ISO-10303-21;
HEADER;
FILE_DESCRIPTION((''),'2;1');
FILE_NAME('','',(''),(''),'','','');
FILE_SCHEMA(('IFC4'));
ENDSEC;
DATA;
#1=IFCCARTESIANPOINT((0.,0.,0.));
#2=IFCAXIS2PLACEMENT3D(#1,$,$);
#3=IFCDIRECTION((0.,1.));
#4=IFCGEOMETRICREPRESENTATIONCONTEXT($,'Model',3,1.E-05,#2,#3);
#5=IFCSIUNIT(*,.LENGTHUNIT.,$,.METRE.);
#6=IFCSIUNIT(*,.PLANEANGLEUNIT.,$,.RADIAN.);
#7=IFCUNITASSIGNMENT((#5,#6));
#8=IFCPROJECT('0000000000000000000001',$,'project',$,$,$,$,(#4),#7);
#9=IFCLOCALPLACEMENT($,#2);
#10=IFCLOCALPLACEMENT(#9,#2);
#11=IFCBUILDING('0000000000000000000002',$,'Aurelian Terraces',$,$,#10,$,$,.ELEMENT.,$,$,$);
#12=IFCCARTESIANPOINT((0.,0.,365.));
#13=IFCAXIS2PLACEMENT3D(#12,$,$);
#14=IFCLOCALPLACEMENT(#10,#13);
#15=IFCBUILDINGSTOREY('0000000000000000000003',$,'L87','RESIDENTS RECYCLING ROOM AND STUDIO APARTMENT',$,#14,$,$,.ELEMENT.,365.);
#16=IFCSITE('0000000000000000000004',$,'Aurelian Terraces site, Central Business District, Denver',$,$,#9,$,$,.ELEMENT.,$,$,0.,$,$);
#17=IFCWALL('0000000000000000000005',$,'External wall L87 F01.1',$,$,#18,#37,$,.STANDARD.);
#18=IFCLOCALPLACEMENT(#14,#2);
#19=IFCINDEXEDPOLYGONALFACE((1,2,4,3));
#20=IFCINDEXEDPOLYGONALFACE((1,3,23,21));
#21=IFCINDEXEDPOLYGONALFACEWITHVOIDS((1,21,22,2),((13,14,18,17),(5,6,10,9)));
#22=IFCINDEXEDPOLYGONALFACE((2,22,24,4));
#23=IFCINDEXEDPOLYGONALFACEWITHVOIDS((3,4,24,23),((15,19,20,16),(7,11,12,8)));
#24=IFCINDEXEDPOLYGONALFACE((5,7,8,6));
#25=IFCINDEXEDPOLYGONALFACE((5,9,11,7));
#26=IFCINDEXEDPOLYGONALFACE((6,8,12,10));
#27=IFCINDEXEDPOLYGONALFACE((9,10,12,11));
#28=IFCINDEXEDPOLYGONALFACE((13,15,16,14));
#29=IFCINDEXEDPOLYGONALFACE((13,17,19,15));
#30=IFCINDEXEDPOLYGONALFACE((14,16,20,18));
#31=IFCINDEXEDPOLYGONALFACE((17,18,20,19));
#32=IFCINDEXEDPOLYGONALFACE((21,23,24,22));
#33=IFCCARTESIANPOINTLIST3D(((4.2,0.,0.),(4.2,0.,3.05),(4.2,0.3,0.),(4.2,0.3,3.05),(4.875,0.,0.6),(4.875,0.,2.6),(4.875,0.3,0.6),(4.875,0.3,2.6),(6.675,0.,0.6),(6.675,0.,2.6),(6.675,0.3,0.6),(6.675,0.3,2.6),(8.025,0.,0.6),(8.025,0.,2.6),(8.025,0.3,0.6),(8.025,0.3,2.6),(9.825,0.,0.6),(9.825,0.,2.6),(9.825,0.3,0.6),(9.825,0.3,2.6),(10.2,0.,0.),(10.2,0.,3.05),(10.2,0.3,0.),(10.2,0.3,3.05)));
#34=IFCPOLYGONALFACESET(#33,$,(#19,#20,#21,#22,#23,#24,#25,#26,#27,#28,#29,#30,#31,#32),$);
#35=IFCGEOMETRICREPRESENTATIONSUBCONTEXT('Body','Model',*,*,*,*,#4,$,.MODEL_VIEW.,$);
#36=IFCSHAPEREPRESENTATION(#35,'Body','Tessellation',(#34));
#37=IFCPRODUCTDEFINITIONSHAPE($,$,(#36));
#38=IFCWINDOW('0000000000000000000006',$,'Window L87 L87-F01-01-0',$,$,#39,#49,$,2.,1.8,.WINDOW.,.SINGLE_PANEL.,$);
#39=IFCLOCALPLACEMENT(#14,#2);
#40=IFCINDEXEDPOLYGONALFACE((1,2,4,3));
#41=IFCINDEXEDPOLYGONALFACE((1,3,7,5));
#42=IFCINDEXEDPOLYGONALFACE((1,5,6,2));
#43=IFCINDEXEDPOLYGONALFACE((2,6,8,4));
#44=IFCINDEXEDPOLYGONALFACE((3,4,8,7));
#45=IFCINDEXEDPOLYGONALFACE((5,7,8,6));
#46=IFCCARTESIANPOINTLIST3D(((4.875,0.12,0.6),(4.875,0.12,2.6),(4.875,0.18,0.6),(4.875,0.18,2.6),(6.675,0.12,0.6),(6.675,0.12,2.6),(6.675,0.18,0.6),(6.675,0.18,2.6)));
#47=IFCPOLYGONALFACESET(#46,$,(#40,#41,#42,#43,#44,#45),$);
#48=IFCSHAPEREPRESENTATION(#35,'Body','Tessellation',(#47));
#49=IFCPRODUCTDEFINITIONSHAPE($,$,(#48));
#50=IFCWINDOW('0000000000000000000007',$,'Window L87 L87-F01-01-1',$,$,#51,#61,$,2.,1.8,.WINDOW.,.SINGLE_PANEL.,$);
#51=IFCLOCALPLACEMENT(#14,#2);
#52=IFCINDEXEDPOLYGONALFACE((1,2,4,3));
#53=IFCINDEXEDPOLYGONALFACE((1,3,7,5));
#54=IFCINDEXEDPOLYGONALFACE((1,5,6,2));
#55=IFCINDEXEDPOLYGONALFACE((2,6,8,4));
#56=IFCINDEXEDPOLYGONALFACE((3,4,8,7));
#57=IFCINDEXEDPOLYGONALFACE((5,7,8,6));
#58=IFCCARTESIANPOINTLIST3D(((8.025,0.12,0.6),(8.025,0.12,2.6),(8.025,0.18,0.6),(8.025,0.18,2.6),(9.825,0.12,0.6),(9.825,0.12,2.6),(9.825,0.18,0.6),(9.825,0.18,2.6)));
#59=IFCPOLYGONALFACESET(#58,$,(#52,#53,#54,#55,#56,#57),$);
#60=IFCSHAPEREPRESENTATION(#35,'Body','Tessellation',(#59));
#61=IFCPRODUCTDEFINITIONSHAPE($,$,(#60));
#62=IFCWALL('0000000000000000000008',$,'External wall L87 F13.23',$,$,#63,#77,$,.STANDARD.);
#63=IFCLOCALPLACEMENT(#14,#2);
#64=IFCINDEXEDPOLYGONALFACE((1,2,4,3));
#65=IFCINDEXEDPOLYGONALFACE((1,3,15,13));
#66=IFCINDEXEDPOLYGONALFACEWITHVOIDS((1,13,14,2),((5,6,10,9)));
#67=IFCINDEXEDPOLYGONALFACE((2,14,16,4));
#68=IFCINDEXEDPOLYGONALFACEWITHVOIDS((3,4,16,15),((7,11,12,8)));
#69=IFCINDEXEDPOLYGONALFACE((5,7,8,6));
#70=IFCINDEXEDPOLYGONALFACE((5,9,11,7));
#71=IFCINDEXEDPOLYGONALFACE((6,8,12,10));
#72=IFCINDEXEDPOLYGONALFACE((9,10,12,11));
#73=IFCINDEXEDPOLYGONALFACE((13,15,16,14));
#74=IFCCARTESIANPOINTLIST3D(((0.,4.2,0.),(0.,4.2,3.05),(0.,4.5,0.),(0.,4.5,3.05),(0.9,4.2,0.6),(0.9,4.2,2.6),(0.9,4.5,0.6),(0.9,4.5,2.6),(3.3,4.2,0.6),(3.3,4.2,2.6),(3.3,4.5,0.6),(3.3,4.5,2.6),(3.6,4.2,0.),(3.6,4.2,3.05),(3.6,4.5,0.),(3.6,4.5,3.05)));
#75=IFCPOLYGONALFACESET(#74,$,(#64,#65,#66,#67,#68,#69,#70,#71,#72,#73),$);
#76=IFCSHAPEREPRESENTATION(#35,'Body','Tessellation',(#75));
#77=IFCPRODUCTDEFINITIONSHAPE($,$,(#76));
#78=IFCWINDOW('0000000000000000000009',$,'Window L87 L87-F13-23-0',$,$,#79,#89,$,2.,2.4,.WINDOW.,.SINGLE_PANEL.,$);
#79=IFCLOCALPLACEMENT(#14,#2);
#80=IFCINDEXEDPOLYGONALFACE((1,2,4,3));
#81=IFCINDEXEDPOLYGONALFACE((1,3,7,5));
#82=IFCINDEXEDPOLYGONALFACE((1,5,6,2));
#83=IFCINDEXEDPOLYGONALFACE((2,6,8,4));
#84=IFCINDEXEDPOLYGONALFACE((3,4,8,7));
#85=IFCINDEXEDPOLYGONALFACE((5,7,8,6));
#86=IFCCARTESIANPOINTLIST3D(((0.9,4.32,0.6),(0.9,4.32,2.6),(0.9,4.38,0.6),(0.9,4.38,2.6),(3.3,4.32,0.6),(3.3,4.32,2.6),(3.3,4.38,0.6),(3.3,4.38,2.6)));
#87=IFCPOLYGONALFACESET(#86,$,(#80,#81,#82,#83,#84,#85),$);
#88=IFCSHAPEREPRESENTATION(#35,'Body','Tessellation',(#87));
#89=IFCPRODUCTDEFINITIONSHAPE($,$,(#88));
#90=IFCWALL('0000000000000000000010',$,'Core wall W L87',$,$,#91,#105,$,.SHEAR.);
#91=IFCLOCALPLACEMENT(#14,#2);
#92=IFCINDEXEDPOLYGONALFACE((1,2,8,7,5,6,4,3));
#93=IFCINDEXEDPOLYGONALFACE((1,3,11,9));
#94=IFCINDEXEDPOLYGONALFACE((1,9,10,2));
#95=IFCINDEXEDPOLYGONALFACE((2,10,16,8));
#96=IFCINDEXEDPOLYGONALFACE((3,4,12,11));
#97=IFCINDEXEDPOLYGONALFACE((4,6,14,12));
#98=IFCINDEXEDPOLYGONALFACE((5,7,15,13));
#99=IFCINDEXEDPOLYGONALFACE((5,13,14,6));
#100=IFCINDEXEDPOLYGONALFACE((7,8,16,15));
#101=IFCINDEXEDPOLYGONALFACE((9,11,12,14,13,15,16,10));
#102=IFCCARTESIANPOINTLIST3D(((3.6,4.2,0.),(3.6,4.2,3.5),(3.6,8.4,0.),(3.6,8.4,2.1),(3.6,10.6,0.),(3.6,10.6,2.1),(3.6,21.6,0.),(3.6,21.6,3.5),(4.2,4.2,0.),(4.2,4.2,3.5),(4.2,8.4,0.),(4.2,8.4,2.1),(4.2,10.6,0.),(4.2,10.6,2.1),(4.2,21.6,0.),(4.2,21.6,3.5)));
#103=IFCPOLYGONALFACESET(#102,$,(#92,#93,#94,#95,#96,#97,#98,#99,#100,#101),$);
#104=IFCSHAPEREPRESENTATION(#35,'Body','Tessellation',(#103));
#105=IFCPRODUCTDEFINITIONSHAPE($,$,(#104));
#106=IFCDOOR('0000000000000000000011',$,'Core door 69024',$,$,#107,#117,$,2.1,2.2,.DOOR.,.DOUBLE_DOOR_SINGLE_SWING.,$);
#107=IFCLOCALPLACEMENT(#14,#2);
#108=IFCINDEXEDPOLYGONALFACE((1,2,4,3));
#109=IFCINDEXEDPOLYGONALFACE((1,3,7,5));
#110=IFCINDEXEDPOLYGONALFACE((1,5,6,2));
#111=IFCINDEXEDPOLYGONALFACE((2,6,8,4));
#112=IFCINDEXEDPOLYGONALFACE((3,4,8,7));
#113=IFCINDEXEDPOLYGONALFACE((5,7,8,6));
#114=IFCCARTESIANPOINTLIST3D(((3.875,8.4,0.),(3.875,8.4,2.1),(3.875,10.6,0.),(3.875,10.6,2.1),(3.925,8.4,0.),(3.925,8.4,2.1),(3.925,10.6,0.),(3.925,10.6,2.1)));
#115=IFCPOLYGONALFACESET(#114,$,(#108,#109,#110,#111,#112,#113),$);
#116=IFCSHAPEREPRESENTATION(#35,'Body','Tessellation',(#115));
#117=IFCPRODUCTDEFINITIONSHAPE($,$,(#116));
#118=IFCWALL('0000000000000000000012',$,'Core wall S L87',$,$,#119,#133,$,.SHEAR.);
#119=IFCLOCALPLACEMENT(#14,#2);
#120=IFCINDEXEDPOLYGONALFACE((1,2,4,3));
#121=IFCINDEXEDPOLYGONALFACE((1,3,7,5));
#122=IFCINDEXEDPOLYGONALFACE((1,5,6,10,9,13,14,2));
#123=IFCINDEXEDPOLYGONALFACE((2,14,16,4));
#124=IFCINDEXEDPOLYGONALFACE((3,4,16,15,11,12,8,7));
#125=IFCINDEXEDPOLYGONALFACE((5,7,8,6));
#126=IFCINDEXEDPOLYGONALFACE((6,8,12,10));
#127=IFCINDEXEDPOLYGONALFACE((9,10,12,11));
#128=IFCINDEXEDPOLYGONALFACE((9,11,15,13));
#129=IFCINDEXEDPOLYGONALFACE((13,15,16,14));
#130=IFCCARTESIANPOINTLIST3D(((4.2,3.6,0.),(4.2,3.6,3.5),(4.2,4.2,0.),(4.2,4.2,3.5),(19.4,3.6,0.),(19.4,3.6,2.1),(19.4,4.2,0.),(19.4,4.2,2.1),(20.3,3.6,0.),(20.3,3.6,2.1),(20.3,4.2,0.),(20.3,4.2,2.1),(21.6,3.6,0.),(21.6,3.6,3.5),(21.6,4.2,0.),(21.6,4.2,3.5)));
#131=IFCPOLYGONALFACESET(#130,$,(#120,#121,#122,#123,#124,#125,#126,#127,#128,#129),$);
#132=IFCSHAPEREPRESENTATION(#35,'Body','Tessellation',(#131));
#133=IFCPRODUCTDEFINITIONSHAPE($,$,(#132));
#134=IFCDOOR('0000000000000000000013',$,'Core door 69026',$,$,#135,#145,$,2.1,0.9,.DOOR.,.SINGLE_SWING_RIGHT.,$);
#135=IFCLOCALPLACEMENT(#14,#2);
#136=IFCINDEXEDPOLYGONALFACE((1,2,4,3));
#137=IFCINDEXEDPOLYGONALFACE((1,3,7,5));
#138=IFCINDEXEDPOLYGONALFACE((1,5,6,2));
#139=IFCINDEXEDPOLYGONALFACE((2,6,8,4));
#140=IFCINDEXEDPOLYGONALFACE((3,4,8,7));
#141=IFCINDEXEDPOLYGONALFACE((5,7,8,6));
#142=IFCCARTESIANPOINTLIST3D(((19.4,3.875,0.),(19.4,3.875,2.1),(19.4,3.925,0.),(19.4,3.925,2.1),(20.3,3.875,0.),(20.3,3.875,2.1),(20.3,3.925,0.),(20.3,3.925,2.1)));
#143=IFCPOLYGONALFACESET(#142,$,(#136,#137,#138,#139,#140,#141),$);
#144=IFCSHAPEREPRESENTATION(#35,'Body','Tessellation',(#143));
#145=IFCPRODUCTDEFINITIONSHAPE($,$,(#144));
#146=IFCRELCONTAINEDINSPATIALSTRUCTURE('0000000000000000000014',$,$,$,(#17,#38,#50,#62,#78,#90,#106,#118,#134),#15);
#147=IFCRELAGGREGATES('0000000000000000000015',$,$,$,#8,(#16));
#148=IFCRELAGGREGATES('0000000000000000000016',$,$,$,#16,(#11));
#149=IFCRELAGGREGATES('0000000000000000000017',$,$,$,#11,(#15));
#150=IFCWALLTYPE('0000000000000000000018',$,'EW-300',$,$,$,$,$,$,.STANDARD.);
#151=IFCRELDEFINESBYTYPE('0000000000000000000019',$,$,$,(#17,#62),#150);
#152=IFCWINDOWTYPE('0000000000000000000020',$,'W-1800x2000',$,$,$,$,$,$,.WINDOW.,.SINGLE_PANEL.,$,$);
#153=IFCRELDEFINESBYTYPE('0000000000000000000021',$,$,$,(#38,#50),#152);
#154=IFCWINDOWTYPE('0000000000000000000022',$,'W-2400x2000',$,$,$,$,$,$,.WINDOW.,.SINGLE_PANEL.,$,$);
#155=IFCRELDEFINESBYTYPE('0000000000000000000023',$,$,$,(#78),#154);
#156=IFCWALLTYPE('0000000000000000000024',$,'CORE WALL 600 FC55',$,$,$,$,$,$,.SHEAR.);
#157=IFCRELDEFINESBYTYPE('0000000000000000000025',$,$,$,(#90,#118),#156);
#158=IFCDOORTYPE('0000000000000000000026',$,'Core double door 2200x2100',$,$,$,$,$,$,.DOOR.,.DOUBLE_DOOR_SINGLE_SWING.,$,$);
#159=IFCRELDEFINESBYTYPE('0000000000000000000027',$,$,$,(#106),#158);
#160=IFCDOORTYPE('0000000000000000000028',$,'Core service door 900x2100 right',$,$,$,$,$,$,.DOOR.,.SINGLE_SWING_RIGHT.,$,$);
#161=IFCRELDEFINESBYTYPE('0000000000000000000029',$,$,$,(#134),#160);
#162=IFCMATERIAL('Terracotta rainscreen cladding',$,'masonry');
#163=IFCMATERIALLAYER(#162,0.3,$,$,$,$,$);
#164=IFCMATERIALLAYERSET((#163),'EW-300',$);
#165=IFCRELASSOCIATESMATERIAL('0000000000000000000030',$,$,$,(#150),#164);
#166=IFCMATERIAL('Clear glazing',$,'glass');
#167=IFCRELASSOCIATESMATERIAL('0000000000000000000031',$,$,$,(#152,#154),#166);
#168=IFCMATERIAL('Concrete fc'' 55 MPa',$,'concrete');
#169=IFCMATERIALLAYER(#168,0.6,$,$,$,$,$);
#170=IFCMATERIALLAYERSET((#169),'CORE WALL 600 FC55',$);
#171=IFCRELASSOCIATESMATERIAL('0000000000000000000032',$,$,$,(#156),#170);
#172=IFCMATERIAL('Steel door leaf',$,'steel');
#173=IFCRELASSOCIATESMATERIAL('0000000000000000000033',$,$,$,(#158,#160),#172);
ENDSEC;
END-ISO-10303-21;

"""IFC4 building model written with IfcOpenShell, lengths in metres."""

from ifc_helpers import new_model, si_unit, direction, frame, frame_2d, origin, place, context, subcontext, project, spatial, rectangle, extrude, source, transform, mapped, material, layer, layer_set, type_object, element, fill, save


model = new_model("IFC4")

# Units and contexts
model_context = context("Model", 3, precision=1e-05, world=origin(), true_north=direction((0.0, 1.0)))
body_context = subcontext(model_context, "Body", "Model", "MODEL_VIEW")
ifc_project = project(units=[si_unit("LENGTHUNIT", "METRE"), si_unit("PLANEANGLEUNIT", "RADIAN")], contexts=[model_context])

# Site, building, storey
site_placement = place(None, origin())
site = spatial("IfcSite", under=ifc_project, at=site_placement, Name="Aurelian Terraces site, Central Business District, Denver", CompositionType="ELEMENT", RefElevation=0.0)
building_placement = place(site_placement, origin())
building = spatial("IfcBuilding", under=site, at=building_placement, Name="Aurelian Terraces", CompositionType="ELEMENT")
storey_placement = place(building_placement, frame((0.0, 0.0, 365.0)))
storey = spatial("IfcBuildingStorey", under=building, at=storey_placement, Name="L87", Description="RESIDENTS RECYCLING ROOM AND STUDIO APARTMENT", CompositionType="ELEMENT", Elevation=365.0)

# Wall, openings, windows
ifc_material_1 = material(Name="Terracotta rainscreen cladding", Category="masonry")
ifc_layer_1 = layer(ifc_material_1, 0.3)
ifc_layer_set_1 = layer_set([ifc_layer_1], Name="EW-300")
wall_type_1 = type_object("IfcWallType", Name="EW-300", PredefinedType="STANDARD", material=ifc_layer_set_1)
wall_1_placement = place(storey_placement, frame((4.2, 0.15, 0.0), z_axis=(0.0, 0.0, 1.0), x_axis=(1.0, 0.0, 0.0)))
wall_1 = element("IfcWall", 1, at=wall_1_placement, inside=storey, type_object=wall_type_1, Name="External wall L87 F01.1", PredefinedType="STANDARD", context=body_context, shape_type="SweptSolid", body=[
    extrude(rectangle(XDim=6.0, YDim=0.3, at=frame_2d((3.0, 0.0))), origin(), (0.0, 0.0, 1.0), 3.05),
])
shared_shape_1 = source(origin(), body_context, "Body", "SweptSolid", [
    extrude(rectangle(XDim=1.8, YDim=2.0, at=frame_2d((0.9, 1.0))), frame((0.0, 0.16, 0.0), z_axis=(0.0, -1.0, 0.0), x_axis=(1.0, 0.0, 0.0)), (0.0, 0.0, 1.0), 0.32),
])
opening_1_placement = place(wall_1_placement, frame((0.675, 0.0, 0.6)))
opening_1 = element("IfcOpeningElement", 2, at=opening_1_placement, cuts=wall_1, PredefinedType="OPENING", context=body_context, shape_type="MappedRepresentation", body=[
    mapped(shared_shape_1, transform((0.0, 0.0, 0.0), scale=1.0)),
])
opening_2_placement = place(wall_1_placement, frame((3.825, 0.0, 0.6)))
opening_2 = element("IfcOpeningElement", 3, at=opening_2_placement, cuts=wall_1, PredefinedType="OPENING", context=body_context, shape_type="MappedRepresentation", body=[
    mapped(shared_shape_1, transform((0.0, 0.0, 0.0), scale=1.0)),
])
ifc_material_2 = material(Name="Clear glazing", Category="glass")
window_type_1 = type_object("IfcWindowType", Name="W-1800x2000", PartitioningType="SINGLE_PANEL", PredefinedType="WINDOW", material=ifc_material_2)
shared_shape_2 = source(origin(), body_context, "Body", "SweptSolid", [
    extrude(rectangle(XDim=1.8, YDim=2.0, at=frame_2d((0.9, 1.0))), frame((0.0, 0.03, 0.0), z_axis=(0.0, -1.0, 0.0), x_axis=(1.0, 0.0, 0.0)), (0.0, 0.0, 1.0), 0.06),
])
window_1_placement = place(opening_1_placement, origin())
window_1 = element("IfcWindow", 4, at=window_1_placement, inside=storey, type_object=window_type_1, Name="Window L87 L87-F01-01-0", OverallHeight=2.0, OverallWidth=1.8, PartitioningType="SINGLE_PANEL", PredefinedType="WINDOW", context=body_context, shape_type="MappedRepresentation", body=[
    mapped(shared_shape_2, transform((0.0, 0.0, 0.0), scale=1.0)),
])
fill(opening_1, window_1)
window_2_placement = place(opening_2_placement, origin())
window_2 = element("IfcWindow", 5, at=window_2_placement, inside=storey, type_object=window_type_1, Name="Window L87 L87-F01-01-1", OverallHeight=2.0, OverallWidth=1.8, PartitioningType="SINGLE_PANEL", PredefinedType="WINDOW", context=body_context, shape_type="MappedRepresentation", body=[
    mapped(shared_shape_2, transform((0.0, 0.0, 0.0), scale=1.0)),
])
fill(opening_2, window_2)

# Wall, opening, window
wall_2_placement = place(storey_placement, frame((0.0, 4.35, 0.0), z_axis=(0.0, 0.0, 1.0), x_axis=(1.0, 0.0, 0.0)))
wall_2 = element("IfcWall", 6, at=wall_2_placement, inside=storey, type_object=wall_type_1, Name="External wall L87 F13.23", PredefinedType="STANDARD", context=body_context, shape_type="SweptSolid", body=[
    extrude(rectangle(XDim=3.6, YDim=0.3, at=frame_2d((1.8, 0.0))), origin(), (0.0, 0.0, 1.0), 3.05),
])
shared_shape_3 = source(origin(), body_context, "Body", "SweptSolid", [
    extrude(rectangle(XDim=2.4, YDim=2.0, at=frame_2d((1.2, 1.0))), frame((0.0, 0.16, 0.0), z_axis=(0.0, -1.0, 0.0), x_axis=(1.0, 0.0, 0.0)), (0.0, 0.0, 1.0), 0.32),
])
opening_3_placement = place(wall_2_placement, frame((0.9, 0.0, 0.6)))
opening_3 = element("IfcOpeningElement", 7, at=opening_3_placement, cuts=wall_2, PredefinedType="OPENING", context=body_context, shape_type="MappedRepresentation", body=[
    mapped(shared_shape_3, transform((0.0, 0.0, 0.0), scale=1.0)),
])
window_type_2 = type_object("IfcWindowType", Name="W-2400x2000", PartitioningType="SINGLE_PANEL", PredefinedType="WINDOW", material=ifc_material_2)
shared_shape_4 = source(origin(), body_context, "Body", "SweptSolid", [
    extrude(rectangle(XDim=2.4, YDim=2.0, at=frame_2d((1.2, 1.0))), frame((0.0, 0.03, 0.0), z_axis=(0.0, -1.0, 0.0), x_axis=(1.0, 0.0, 0.0)), (0.0, 0.0, 1.0), 0.06),
])
window_3_placement = place(opening_3_placement, origin())
window_3 = element("IfcWindow", 8, at=window_3_placement, inside=storey, type_object=window_type_2, Name="Window L87 L87-F13-23-0", OverallHeight=2.0, OverallWidth=2.4, PartitioningType="SINGLE_PANEL", PredefinedType="WINDOW", context=body_context, shape_type="MappedRepresentation", body=[
    mapped(shared_shape_4, transform((0.0, 0.0, 0.0), scale=1.0)),
])
fill(opening_3, window_3)

# Walls, openings, doors
ifc_material_3 = material(Name="Concrete fc' 55 MPa", Category="concrete")
ifc_layer_2 = layer(ifc_material_3, 0.6)
ifc_layer_set_2 = layer_set([ifc_layer_2], Name="CORE WALL 600 FC55")
wall_type_2 = type_object("IfcWallType", Name="CORE WALL 600 FC55", PredefinedType="SHEAR", material=ifc_layer_set_2)
shared_shape_5 = source(origin(), body_context, "Body", "SweptSolid", [
    extrude(rectangle(XDim=17.4, YDim=0.6, at=frame_2d((8.7, 0.0))), origin(), (0.0, 0.0, 1.0), 3.5),
])
wall_3_placement = place(storey_placement, frame((3.9, 4.2, 0.0), z_axis=(0.0, 0.0, 1.0), x_axis=(0.0, 1.0, 0.0)))
wall_3 = element("IfcWall", 9, at=wall_3_placement, inside=storey, type_object=wall_type_2, Name="Core wall W L87", PredefinedType="SHEAR", context=body_context, shape_type="MappedRepresentation", body=[
    mapped(shared_shape_5, transform((0.0, 0.0, 0.0), scale=1.0)),
])
shared_shape_6 = source(origin(), body_context, "Body", "SweptSolid", [
    extrude(rectangle(XDim=2.2, YDim=2.1, at=frame_2d((1.1, 1.05))), frame((0.0, 0.31, 0.0), z_axis=(0.0, -1.0, 0.0), x_axis=(1.0, 0.0, 0.0)), (0.0, 0.0, 1.0), 0.62),
])
opening_4_placement = place(wall_3_placement, frame((4.2, 0.0, 0.0)))
opening_4 = element("IfcOpeningElement", 10, at=opening_4_placement, cuts=wall_3, PredefinedType="OPENING", context=body_context, shape_type="MappedRepresentation", body=[
    mapped(shared_shape_6, transform((0.0, 0.0, 0.0), scale=1.0)),
])
ifc_material_4 = material(Name="Steel door leaf", Category="steel")
door_type_1 = type_object("IfcDoorType", Name="Core double door 2200x2100", OperationType="DOUBLE_DOOR_SINGLE_SWING", PredefinedType="DOOR", material=ifc_material_4)
shared_shape_7 = source(origin(), body_context, "Body", "SweptSolid", [
    extrude(rectangle(XDim=2.2, YDim=2.1, at=frame_2d((1.1, 1.05))), frame((0.0, 0.025, 0.0), z_axis=(0.0, -1.0, 0.0), x_axis=(1.0, 0.0, 0.0)), (0.0, 0.0, 1.0), 0.05),
])
door_1_placement = place(opening_4_placement, origin())
door_1 = element("IfcDoor", 11, at=door_1_placement, inside=storey, type_object=door_type_1, Name="Core door 69024", OperationType="DOUBLE_DOOR_SINGLE_SWING", OverallHeight=2.1, OverallWidth=2.2, PredefinedType="DOOR", context=body_context, shape_type="MappedRepresentation", body=[
    mapped(shared_shape_7, transform((0.0, 0.0, 0.0), scale=1.0)),
])
fill(opening_4, door_1)
wall_4_placement = place(storey_placement, frame((4.2, 3.9, 0.0), z_axis=(0.0, 0.0, 1.0), x_axis=(1.0, 0.0, 0.0)))
wall_4 = element("IfcWall", 12, at=wall_4_placement, inside=storey, type_object=wall_type_2, Name="Core wall S L87", PredefinedType="SHEAR", context=body_context, shape_type="MappedRepresentation", body=[
    mapped(shared_shape_5, transform((0.0, 0.0, 0.0), scale=1.0)),
])
shared_shape_8 = source(origin(), body_context, "Body", "SweptSolid", [
    extrude(rectangle(XDim=0.9, YDim=2.1, at=frame_2d((0.45, 1.05))), frame((0.0, 0.31, 0.0), z_axis=(0.0, -1.0, 0.0), x_axis=(1.0, 0.0, 0.0)), (0.0, 0.0, 1.0), 0.62),
])
opening_5_placement = place(wall_4_placement, frame((15.2, 0.0, 0.0)))
opening_5 = element("IfcOpeningElement", 13, at=opening_5_placement, cuts=wall_4, PredefinedType="OPENING", context=body_context, shape_type="MappedRepresentation", body=[
    mapped(shared_shape_8, transform((0.0, 0.0, 0.0), scale=1.0)),
])
door_type_2 = type_object("IfcDoorType", Name="Core service door 900x2100 right", OperationType="SINGLE_SWING_RIGHT", PredefinedType="DOOR", material=ifc_material_4)
shared_shape_9 = source(origin(), body_context, "Body", "SweptSolid", [
    extrude(rectangle(XDim=0.9, YDim=2.1, at=frame_2d((0.45, 1.05))), frame((0.0, 0.025, 0.0), z_axis=(0.0, -1.0, 0.0), x_axis=(1.0, 0.0, 0.0)), (0.0, 0.0, 1.0), 0.05),
])
door_2_placement = place(opening_5_placement, origin())
door_2 = element("IfcDoor", 14, at=door_2_placement, inside=storey, type_object=door_type_2, Name="Core door 69026", OperationType="SINGLE_SWING_RIGHT", OverallHeight=2.1, OverallWidth=0.9, PredefinedType="DOOR", context=body_context, shape_type="MappedRepresentation", body=[
    mapped(shared_shape_9, transform((0.0, 0.0, 0.0), scale=1.0)),
])
fill(opening_5, door_2)

save(model, "model.ifc")
